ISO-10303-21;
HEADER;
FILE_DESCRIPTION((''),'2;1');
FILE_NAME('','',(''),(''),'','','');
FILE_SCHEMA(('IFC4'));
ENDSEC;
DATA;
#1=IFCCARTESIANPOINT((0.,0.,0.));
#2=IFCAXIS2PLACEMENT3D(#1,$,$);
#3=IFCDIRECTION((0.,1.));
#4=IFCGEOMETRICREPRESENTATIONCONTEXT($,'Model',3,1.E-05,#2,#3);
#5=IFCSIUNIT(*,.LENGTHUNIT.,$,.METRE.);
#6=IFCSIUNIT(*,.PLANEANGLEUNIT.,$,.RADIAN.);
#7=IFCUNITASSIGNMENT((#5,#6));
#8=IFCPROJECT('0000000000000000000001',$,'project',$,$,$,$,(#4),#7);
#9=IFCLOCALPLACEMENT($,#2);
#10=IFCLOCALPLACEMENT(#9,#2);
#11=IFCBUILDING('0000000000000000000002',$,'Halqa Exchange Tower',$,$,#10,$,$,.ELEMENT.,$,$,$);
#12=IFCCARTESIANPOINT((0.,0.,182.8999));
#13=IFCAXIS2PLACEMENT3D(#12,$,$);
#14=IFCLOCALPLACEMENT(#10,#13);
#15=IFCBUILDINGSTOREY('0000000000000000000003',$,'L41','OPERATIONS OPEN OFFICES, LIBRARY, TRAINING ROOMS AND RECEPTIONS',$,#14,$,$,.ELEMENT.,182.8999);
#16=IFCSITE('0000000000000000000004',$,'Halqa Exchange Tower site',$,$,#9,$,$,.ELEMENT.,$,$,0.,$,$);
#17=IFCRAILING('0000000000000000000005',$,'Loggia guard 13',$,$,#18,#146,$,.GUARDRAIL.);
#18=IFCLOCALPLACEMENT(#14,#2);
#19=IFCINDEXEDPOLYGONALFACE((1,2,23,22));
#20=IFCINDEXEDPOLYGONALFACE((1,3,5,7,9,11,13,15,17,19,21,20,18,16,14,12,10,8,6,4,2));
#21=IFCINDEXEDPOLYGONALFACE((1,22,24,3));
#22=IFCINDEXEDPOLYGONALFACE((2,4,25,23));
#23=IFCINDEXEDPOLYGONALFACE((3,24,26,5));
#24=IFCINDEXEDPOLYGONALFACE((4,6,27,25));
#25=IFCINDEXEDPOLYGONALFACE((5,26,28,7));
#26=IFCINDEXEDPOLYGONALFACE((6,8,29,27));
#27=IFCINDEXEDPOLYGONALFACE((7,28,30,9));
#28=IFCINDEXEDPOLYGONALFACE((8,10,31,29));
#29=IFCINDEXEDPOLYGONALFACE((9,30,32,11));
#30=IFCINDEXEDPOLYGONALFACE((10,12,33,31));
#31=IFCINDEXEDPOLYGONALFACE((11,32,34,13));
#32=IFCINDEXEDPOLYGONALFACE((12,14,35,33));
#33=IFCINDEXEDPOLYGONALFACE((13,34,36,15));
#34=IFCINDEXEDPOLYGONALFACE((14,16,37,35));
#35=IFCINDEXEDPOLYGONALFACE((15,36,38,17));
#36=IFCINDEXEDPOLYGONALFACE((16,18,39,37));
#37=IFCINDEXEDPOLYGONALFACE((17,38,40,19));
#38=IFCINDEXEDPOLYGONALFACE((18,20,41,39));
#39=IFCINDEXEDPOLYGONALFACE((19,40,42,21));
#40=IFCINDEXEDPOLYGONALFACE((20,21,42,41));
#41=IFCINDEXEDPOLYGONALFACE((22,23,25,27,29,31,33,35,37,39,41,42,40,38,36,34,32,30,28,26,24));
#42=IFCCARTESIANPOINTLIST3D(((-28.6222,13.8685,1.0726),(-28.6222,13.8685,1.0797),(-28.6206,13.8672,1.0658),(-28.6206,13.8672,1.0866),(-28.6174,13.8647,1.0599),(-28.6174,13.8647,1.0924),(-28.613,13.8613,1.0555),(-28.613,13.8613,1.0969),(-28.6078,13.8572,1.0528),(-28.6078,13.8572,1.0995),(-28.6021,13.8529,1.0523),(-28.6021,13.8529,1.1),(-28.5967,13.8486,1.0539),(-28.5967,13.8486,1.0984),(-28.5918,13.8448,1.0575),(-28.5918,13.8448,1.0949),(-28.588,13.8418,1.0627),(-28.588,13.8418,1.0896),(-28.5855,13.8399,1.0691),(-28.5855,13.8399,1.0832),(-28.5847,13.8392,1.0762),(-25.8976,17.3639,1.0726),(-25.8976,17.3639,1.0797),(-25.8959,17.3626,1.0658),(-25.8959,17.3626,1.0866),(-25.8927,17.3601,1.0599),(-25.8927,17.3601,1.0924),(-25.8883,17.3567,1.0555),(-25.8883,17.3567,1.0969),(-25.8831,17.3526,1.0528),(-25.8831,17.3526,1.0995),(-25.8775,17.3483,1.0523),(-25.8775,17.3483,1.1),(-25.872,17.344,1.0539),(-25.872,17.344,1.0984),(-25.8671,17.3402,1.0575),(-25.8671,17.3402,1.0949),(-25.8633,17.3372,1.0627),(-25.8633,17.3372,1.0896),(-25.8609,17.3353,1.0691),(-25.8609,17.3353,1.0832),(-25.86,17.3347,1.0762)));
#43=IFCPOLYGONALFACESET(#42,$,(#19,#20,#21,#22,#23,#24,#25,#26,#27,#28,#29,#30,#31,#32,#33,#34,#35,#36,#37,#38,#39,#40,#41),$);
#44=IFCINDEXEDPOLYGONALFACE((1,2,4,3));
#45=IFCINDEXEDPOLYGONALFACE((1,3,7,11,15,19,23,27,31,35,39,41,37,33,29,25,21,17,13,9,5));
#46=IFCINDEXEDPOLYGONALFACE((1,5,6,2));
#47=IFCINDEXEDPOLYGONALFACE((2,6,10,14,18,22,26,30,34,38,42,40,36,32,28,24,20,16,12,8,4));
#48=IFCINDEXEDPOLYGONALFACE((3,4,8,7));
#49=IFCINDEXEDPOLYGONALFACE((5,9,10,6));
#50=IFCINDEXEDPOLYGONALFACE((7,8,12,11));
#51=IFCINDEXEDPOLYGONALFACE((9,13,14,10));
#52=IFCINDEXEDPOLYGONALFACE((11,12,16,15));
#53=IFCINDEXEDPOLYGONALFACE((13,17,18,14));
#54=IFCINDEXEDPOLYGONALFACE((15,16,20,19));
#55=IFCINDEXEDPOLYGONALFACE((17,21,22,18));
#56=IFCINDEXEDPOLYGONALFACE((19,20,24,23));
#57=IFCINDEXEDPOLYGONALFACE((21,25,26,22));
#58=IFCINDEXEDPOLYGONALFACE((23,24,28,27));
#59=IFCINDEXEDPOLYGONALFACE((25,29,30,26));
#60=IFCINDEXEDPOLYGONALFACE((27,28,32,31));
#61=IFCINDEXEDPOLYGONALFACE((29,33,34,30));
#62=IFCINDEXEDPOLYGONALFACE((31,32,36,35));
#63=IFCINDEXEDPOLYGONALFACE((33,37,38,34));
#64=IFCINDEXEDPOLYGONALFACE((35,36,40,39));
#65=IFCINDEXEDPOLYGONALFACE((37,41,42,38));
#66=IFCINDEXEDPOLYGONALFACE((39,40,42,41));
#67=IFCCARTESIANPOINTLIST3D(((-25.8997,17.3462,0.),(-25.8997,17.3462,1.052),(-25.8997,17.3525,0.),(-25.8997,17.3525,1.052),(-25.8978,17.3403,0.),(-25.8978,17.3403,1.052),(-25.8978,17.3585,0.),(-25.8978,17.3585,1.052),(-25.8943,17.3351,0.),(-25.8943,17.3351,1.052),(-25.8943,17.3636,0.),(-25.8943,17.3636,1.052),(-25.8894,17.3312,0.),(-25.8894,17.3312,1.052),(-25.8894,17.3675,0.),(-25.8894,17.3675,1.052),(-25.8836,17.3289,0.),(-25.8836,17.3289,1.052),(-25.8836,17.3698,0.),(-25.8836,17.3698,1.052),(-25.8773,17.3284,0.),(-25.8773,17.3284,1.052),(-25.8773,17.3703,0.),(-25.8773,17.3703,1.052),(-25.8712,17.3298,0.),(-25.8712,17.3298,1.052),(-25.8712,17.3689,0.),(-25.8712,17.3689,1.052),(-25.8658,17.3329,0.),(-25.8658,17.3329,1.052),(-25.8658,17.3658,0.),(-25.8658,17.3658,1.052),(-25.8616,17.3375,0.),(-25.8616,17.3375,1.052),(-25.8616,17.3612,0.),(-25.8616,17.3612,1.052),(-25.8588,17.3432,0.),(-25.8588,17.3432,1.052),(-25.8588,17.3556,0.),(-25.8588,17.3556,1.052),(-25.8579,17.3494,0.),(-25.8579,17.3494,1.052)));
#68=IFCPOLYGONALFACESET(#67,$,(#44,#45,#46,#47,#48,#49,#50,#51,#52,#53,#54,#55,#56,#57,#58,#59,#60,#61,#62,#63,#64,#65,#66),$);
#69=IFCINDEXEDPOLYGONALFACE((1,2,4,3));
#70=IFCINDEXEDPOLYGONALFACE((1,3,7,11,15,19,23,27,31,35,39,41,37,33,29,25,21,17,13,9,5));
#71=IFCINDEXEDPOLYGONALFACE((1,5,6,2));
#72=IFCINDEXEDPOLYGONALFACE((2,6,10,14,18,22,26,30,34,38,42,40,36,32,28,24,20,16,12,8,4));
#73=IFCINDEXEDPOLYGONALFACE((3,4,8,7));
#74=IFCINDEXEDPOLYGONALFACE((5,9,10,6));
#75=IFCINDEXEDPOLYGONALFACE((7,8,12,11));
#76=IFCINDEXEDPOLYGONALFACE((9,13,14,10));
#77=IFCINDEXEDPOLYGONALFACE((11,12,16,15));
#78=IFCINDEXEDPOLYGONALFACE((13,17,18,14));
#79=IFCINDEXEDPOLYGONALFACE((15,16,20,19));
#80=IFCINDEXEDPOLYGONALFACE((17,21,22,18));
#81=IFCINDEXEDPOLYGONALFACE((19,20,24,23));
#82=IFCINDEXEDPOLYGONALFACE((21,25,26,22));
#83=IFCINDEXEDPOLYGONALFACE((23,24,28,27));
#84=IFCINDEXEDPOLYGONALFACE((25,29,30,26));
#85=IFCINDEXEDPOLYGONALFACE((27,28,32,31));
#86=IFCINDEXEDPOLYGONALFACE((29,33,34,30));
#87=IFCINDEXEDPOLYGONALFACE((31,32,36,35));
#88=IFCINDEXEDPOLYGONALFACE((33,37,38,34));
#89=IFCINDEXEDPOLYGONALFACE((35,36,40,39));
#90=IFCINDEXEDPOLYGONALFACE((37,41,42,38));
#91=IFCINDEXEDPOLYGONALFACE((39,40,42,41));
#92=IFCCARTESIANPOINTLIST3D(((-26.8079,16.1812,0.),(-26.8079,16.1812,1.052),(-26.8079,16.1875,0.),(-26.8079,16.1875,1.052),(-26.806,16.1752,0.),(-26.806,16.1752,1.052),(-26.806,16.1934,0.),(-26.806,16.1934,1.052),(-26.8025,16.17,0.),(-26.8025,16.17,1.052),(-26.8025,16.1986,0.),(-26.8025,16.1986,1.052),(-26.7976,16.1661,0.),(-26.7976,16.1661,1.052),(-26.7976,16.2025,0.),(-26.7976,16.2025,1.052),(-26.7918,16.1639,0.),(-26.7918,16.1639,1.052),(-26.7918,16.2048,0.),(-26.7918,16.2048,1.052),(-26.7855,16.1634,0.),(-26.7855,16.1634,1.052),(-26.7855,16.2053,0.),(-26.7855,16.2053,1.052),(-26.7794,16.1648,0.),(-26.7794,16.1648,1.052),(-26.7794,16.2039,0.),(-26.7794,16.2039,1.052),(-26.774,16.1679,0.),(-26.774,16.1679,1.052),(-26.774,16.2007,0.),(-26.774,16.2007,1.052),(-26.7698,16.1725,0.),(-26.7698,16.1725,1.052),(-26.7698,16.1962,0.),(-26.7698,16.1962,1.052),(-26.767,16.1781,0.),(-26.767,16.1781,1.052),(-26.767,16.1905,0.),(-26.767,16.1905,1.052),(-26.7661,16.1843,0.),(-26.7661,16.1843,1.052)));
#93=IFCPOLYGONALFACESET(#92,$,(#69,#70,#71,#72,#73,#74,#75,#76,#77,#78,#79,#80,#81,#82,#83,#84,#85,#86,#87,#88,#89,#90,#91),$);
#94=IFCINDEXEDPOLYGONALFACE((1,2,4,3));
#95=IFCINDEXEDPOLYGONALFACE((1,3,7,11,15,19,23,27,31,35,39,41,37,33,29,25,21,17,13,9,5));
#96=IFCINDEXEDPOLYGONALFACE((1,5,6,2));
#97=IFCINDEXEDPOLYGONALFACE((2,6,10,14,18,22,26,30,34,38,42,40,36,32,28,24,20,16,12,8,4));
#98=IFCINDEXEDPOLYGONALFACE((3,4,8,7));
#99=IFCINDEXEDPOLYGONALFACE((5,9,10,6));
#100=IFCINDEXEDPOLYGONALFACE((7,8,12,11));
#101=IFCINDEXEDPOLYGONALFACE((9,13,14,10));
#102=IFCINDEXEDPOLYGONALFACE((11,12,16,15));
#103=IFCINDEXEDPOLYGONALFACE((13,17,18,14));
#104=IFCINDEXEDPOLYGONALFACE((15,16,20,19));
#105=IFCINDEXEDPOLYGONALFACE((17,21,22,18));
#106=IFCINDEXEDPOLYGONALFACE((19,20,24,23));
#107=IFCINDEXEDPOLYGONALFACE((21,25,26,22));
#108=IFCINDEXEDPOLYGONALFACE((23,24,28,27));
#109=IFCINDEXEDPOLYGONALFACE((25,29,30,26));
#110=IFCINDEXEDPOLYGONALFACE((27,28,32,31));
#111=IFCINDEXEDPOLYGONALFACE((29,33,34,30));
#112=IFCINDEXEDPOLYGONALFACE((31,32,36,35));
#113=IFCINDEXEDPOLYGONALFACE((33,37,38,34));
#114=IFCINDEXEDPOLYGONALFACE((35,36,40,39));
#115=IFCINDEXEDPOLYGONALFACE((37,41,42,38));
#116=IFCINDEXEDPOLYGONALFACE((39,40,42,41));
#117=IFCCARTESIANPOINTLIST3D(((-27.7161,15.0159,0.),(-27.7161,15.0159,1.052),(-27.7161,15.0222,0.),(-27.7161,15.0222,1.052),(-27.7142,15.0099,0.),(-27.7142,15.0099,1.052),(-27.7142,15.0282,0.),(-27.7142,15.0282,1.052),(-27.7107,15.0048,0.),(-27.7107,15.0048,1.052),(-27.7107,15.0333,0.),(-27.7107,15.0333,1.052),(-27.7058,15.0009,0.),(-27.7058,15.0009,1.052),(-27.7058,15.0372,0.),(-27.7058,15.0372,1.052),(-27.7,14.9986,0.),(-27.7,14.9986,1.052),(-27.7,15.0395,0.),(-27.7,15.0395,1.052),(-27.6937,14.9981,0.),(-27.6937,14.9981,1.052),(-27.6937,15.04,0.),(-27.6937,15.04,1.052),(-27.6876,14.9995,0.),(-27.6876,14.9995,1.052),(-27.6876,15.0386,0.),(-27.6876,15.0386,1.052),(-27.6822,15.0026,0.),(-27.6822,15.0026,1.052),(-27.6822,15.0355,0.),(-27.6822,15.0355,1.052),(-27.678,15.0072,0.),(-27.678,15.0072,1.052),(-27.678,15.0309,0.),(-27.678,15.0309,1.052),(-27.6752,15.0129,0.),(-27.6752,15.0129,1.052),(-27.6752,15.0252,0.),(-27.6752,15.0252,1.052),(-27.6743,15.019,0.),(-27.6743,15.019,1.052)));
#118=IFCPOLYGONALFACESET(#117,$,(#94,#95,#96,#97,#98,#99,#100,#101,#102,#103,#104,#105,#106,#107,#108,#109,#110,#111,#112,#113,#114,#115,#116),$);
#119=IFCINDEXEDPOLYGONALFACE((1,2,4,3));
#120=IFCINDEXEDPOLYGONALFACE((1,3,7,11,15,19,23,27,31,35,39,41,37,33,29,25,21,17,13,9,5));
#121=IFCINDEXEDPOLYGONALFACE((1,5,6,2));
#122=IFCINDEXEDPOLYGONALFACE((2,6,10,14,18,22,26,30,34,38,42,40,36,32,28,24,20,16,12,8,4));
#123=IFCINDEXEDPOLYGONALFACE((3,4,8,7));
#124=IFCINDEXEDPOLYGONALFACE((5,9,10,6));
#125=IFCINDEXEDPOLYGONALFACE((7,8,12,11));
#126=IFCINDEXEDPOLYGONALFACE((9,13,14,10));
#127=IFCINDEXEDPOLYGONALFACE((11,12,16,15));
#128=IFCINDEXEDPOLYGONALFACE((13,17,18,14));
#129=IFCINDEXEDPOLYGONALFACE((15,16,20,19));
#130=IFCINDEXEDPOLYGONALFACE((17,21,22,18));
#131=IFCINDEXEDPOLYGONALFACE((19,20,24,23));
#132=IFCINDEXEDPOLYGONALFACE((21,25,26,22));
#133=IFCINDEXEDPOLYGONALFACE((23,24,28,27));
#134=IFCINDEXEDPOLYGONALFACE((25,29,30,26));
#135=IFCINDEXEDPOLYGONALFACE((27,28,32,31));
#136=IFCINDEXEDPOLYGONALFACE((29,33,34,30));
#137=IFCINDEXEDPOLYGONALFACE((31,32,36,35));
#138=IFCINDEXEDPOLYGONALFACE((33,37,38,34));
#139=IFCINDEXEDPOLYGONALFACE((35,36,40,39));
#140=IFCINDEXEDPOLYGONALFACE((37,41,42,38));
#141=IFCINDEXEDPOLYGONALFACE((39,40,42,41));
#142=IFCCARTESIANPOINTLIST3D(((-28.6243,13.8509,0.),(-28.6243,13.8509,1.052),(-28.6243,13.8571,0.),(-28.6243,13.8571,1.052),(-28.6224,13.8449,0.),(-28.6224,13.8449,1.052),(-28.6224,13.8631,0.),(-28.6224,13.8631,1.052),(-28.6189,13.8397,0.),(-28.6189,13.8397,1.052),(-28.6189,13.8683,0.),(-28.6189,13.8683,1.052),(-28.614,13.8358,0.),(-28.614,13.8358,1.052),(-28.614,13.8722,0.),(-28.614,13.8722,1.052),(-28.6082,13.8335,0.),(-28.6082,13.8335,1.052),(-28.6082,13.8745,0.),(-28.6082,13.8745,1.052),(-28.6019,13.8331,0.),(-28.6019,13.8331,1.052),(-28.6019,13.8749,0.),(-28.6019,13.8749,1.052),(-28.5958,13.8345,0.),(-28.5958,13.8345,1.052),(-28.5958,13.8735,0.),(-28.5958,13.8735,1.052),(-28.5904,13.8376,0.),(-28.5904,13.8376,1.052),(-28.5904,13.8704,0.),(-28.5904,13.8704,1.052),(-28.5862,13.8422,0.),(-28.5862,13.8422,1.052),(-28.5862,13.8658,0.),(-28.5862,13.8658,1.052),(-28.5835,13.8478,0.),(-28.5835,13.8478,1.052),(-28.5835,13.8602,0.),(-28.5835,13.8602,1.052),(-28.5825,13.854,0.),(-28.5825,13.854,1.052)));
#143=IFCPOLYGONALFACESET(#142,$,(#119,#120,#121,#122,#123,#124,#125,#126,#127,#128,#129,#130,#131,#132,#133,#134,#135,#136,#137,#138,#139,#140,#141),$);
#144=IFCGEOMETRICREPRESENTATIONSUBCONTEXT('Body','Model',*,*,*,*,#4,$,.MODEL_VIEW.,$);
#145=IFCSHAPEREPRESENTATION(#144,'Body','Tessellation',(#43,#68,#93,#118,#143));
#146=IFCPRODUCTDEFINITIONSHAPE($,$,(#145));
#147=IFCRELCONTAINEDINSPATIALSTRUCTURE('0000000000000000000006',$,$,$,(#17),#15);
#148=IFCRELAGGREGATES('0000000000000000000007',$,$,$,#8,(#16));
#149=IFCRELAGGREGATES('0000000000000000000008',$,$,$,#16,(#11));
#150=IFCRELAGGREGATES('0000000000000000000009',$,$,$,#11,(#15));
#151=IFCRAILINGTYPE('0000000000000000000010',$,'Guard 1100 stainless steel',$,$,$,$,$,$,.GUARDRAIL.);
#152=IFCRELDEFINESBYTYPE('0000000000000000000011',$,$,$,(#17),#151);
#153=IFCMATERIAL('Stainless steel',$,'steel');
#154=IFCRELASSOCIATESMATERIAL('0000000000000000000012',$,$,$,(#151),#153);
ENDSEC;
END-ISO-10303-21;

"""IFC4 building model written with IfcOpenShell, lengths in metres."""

from ifc_helpers import new_model, si_unit, direction, frame, origin, origin_2d, place, context, subcontext, project, spatial, circle, extrude, material, type_object, element, save


model = new_model("IFC4")

# Units and contexts
model_context = context("Model", 3, precision=1e-05, world=origin(), true_north=direction((0.0, 1.0)))
body_context = subcontext(model_context, "Body", "Model", "MODEL_VIEW")
ifc_project = project(units=[si_unit("LENGTHUNIT", "METRE"), si_unit("PLANEANGLEUNIT", "RADIAN")], contexts=[model_context])

# Site, building, storey
site_placement = place(None, origin())
site = spatial("IfcSite", under=ifc_project, at=site_placement, Name="Halqa Exchange Tower site", CompositionType="ELEMENT", RefElevation=0.0)
building_placement = place(site_placement, origin())
building = spatial("IfcBuilding", under=site, at=building_placement, Name="Halqa Exchange Tower", CompositionType="ELEMENT")
storey_placement = place(building_placement, frame((0.0, 0.0, 182.8999)))
storey = spatial("IfcBuildingStorey", under=building, at=storey_placement, Name="L41", Description="OPERATIONS OPEN OFFICES, LIBRARY, TRAINING ROOMS AND RECEPTIONS", CompositionType="ELEMENT", Elevation=182.8999)

# Railing
ifc_material_1 = material(Name="Stainless steel", Category="steel")
railing_type = type_object("IfcRailingType", Name="Guard 1100 stainless steel", PredefinedType="GUARDRAIL", material=ifc_material_1)
railing_1_placement = place(storey_placement, frame((-25.8789, 17.3494, 0.0)))
element("IfcRailing", 1, at=railing_1_placement, inside=storey, type_object=railing_type, Name="Loggia guard 13", PredefinedType="GUARDRAIL", context=body_context, shape_type="SweptSolid", body=[
    extrude(circle(Radius=0.0239, at=origin_2d()), frame((0.0, 0.0, 1.0762), z_axis=(-0.614783, -0.788696, 0.0), x_axis=(0.788696, -0.614783, 0.0)), (0.0, 0.0, 1.0), 4.4319),
    extrude(circle(Radius=0.021, at=origin_2d()), origin(), (0.0, 0.0, 1.0), 1.052),
    extrude(circle(Radius=0.021, at=origin_2d()), frame((-0.9082, -1.165, 0.0)), (0.0, 0.0, 1.0), 1.052),
    extrude(circle(Radius=0.021, at=origin_2d()), frame((-1.8164, -2.3303, 0.0)), (0.0, 0.0, 1.0), 1.052),
    extrude(circle(Radius=0.021, at=origin_2d()), frame((-2.7246, -3.4954, 0.0)), (0.0, 0.0, 1.0), 1.052),
])

save(model, "model.ifc")
